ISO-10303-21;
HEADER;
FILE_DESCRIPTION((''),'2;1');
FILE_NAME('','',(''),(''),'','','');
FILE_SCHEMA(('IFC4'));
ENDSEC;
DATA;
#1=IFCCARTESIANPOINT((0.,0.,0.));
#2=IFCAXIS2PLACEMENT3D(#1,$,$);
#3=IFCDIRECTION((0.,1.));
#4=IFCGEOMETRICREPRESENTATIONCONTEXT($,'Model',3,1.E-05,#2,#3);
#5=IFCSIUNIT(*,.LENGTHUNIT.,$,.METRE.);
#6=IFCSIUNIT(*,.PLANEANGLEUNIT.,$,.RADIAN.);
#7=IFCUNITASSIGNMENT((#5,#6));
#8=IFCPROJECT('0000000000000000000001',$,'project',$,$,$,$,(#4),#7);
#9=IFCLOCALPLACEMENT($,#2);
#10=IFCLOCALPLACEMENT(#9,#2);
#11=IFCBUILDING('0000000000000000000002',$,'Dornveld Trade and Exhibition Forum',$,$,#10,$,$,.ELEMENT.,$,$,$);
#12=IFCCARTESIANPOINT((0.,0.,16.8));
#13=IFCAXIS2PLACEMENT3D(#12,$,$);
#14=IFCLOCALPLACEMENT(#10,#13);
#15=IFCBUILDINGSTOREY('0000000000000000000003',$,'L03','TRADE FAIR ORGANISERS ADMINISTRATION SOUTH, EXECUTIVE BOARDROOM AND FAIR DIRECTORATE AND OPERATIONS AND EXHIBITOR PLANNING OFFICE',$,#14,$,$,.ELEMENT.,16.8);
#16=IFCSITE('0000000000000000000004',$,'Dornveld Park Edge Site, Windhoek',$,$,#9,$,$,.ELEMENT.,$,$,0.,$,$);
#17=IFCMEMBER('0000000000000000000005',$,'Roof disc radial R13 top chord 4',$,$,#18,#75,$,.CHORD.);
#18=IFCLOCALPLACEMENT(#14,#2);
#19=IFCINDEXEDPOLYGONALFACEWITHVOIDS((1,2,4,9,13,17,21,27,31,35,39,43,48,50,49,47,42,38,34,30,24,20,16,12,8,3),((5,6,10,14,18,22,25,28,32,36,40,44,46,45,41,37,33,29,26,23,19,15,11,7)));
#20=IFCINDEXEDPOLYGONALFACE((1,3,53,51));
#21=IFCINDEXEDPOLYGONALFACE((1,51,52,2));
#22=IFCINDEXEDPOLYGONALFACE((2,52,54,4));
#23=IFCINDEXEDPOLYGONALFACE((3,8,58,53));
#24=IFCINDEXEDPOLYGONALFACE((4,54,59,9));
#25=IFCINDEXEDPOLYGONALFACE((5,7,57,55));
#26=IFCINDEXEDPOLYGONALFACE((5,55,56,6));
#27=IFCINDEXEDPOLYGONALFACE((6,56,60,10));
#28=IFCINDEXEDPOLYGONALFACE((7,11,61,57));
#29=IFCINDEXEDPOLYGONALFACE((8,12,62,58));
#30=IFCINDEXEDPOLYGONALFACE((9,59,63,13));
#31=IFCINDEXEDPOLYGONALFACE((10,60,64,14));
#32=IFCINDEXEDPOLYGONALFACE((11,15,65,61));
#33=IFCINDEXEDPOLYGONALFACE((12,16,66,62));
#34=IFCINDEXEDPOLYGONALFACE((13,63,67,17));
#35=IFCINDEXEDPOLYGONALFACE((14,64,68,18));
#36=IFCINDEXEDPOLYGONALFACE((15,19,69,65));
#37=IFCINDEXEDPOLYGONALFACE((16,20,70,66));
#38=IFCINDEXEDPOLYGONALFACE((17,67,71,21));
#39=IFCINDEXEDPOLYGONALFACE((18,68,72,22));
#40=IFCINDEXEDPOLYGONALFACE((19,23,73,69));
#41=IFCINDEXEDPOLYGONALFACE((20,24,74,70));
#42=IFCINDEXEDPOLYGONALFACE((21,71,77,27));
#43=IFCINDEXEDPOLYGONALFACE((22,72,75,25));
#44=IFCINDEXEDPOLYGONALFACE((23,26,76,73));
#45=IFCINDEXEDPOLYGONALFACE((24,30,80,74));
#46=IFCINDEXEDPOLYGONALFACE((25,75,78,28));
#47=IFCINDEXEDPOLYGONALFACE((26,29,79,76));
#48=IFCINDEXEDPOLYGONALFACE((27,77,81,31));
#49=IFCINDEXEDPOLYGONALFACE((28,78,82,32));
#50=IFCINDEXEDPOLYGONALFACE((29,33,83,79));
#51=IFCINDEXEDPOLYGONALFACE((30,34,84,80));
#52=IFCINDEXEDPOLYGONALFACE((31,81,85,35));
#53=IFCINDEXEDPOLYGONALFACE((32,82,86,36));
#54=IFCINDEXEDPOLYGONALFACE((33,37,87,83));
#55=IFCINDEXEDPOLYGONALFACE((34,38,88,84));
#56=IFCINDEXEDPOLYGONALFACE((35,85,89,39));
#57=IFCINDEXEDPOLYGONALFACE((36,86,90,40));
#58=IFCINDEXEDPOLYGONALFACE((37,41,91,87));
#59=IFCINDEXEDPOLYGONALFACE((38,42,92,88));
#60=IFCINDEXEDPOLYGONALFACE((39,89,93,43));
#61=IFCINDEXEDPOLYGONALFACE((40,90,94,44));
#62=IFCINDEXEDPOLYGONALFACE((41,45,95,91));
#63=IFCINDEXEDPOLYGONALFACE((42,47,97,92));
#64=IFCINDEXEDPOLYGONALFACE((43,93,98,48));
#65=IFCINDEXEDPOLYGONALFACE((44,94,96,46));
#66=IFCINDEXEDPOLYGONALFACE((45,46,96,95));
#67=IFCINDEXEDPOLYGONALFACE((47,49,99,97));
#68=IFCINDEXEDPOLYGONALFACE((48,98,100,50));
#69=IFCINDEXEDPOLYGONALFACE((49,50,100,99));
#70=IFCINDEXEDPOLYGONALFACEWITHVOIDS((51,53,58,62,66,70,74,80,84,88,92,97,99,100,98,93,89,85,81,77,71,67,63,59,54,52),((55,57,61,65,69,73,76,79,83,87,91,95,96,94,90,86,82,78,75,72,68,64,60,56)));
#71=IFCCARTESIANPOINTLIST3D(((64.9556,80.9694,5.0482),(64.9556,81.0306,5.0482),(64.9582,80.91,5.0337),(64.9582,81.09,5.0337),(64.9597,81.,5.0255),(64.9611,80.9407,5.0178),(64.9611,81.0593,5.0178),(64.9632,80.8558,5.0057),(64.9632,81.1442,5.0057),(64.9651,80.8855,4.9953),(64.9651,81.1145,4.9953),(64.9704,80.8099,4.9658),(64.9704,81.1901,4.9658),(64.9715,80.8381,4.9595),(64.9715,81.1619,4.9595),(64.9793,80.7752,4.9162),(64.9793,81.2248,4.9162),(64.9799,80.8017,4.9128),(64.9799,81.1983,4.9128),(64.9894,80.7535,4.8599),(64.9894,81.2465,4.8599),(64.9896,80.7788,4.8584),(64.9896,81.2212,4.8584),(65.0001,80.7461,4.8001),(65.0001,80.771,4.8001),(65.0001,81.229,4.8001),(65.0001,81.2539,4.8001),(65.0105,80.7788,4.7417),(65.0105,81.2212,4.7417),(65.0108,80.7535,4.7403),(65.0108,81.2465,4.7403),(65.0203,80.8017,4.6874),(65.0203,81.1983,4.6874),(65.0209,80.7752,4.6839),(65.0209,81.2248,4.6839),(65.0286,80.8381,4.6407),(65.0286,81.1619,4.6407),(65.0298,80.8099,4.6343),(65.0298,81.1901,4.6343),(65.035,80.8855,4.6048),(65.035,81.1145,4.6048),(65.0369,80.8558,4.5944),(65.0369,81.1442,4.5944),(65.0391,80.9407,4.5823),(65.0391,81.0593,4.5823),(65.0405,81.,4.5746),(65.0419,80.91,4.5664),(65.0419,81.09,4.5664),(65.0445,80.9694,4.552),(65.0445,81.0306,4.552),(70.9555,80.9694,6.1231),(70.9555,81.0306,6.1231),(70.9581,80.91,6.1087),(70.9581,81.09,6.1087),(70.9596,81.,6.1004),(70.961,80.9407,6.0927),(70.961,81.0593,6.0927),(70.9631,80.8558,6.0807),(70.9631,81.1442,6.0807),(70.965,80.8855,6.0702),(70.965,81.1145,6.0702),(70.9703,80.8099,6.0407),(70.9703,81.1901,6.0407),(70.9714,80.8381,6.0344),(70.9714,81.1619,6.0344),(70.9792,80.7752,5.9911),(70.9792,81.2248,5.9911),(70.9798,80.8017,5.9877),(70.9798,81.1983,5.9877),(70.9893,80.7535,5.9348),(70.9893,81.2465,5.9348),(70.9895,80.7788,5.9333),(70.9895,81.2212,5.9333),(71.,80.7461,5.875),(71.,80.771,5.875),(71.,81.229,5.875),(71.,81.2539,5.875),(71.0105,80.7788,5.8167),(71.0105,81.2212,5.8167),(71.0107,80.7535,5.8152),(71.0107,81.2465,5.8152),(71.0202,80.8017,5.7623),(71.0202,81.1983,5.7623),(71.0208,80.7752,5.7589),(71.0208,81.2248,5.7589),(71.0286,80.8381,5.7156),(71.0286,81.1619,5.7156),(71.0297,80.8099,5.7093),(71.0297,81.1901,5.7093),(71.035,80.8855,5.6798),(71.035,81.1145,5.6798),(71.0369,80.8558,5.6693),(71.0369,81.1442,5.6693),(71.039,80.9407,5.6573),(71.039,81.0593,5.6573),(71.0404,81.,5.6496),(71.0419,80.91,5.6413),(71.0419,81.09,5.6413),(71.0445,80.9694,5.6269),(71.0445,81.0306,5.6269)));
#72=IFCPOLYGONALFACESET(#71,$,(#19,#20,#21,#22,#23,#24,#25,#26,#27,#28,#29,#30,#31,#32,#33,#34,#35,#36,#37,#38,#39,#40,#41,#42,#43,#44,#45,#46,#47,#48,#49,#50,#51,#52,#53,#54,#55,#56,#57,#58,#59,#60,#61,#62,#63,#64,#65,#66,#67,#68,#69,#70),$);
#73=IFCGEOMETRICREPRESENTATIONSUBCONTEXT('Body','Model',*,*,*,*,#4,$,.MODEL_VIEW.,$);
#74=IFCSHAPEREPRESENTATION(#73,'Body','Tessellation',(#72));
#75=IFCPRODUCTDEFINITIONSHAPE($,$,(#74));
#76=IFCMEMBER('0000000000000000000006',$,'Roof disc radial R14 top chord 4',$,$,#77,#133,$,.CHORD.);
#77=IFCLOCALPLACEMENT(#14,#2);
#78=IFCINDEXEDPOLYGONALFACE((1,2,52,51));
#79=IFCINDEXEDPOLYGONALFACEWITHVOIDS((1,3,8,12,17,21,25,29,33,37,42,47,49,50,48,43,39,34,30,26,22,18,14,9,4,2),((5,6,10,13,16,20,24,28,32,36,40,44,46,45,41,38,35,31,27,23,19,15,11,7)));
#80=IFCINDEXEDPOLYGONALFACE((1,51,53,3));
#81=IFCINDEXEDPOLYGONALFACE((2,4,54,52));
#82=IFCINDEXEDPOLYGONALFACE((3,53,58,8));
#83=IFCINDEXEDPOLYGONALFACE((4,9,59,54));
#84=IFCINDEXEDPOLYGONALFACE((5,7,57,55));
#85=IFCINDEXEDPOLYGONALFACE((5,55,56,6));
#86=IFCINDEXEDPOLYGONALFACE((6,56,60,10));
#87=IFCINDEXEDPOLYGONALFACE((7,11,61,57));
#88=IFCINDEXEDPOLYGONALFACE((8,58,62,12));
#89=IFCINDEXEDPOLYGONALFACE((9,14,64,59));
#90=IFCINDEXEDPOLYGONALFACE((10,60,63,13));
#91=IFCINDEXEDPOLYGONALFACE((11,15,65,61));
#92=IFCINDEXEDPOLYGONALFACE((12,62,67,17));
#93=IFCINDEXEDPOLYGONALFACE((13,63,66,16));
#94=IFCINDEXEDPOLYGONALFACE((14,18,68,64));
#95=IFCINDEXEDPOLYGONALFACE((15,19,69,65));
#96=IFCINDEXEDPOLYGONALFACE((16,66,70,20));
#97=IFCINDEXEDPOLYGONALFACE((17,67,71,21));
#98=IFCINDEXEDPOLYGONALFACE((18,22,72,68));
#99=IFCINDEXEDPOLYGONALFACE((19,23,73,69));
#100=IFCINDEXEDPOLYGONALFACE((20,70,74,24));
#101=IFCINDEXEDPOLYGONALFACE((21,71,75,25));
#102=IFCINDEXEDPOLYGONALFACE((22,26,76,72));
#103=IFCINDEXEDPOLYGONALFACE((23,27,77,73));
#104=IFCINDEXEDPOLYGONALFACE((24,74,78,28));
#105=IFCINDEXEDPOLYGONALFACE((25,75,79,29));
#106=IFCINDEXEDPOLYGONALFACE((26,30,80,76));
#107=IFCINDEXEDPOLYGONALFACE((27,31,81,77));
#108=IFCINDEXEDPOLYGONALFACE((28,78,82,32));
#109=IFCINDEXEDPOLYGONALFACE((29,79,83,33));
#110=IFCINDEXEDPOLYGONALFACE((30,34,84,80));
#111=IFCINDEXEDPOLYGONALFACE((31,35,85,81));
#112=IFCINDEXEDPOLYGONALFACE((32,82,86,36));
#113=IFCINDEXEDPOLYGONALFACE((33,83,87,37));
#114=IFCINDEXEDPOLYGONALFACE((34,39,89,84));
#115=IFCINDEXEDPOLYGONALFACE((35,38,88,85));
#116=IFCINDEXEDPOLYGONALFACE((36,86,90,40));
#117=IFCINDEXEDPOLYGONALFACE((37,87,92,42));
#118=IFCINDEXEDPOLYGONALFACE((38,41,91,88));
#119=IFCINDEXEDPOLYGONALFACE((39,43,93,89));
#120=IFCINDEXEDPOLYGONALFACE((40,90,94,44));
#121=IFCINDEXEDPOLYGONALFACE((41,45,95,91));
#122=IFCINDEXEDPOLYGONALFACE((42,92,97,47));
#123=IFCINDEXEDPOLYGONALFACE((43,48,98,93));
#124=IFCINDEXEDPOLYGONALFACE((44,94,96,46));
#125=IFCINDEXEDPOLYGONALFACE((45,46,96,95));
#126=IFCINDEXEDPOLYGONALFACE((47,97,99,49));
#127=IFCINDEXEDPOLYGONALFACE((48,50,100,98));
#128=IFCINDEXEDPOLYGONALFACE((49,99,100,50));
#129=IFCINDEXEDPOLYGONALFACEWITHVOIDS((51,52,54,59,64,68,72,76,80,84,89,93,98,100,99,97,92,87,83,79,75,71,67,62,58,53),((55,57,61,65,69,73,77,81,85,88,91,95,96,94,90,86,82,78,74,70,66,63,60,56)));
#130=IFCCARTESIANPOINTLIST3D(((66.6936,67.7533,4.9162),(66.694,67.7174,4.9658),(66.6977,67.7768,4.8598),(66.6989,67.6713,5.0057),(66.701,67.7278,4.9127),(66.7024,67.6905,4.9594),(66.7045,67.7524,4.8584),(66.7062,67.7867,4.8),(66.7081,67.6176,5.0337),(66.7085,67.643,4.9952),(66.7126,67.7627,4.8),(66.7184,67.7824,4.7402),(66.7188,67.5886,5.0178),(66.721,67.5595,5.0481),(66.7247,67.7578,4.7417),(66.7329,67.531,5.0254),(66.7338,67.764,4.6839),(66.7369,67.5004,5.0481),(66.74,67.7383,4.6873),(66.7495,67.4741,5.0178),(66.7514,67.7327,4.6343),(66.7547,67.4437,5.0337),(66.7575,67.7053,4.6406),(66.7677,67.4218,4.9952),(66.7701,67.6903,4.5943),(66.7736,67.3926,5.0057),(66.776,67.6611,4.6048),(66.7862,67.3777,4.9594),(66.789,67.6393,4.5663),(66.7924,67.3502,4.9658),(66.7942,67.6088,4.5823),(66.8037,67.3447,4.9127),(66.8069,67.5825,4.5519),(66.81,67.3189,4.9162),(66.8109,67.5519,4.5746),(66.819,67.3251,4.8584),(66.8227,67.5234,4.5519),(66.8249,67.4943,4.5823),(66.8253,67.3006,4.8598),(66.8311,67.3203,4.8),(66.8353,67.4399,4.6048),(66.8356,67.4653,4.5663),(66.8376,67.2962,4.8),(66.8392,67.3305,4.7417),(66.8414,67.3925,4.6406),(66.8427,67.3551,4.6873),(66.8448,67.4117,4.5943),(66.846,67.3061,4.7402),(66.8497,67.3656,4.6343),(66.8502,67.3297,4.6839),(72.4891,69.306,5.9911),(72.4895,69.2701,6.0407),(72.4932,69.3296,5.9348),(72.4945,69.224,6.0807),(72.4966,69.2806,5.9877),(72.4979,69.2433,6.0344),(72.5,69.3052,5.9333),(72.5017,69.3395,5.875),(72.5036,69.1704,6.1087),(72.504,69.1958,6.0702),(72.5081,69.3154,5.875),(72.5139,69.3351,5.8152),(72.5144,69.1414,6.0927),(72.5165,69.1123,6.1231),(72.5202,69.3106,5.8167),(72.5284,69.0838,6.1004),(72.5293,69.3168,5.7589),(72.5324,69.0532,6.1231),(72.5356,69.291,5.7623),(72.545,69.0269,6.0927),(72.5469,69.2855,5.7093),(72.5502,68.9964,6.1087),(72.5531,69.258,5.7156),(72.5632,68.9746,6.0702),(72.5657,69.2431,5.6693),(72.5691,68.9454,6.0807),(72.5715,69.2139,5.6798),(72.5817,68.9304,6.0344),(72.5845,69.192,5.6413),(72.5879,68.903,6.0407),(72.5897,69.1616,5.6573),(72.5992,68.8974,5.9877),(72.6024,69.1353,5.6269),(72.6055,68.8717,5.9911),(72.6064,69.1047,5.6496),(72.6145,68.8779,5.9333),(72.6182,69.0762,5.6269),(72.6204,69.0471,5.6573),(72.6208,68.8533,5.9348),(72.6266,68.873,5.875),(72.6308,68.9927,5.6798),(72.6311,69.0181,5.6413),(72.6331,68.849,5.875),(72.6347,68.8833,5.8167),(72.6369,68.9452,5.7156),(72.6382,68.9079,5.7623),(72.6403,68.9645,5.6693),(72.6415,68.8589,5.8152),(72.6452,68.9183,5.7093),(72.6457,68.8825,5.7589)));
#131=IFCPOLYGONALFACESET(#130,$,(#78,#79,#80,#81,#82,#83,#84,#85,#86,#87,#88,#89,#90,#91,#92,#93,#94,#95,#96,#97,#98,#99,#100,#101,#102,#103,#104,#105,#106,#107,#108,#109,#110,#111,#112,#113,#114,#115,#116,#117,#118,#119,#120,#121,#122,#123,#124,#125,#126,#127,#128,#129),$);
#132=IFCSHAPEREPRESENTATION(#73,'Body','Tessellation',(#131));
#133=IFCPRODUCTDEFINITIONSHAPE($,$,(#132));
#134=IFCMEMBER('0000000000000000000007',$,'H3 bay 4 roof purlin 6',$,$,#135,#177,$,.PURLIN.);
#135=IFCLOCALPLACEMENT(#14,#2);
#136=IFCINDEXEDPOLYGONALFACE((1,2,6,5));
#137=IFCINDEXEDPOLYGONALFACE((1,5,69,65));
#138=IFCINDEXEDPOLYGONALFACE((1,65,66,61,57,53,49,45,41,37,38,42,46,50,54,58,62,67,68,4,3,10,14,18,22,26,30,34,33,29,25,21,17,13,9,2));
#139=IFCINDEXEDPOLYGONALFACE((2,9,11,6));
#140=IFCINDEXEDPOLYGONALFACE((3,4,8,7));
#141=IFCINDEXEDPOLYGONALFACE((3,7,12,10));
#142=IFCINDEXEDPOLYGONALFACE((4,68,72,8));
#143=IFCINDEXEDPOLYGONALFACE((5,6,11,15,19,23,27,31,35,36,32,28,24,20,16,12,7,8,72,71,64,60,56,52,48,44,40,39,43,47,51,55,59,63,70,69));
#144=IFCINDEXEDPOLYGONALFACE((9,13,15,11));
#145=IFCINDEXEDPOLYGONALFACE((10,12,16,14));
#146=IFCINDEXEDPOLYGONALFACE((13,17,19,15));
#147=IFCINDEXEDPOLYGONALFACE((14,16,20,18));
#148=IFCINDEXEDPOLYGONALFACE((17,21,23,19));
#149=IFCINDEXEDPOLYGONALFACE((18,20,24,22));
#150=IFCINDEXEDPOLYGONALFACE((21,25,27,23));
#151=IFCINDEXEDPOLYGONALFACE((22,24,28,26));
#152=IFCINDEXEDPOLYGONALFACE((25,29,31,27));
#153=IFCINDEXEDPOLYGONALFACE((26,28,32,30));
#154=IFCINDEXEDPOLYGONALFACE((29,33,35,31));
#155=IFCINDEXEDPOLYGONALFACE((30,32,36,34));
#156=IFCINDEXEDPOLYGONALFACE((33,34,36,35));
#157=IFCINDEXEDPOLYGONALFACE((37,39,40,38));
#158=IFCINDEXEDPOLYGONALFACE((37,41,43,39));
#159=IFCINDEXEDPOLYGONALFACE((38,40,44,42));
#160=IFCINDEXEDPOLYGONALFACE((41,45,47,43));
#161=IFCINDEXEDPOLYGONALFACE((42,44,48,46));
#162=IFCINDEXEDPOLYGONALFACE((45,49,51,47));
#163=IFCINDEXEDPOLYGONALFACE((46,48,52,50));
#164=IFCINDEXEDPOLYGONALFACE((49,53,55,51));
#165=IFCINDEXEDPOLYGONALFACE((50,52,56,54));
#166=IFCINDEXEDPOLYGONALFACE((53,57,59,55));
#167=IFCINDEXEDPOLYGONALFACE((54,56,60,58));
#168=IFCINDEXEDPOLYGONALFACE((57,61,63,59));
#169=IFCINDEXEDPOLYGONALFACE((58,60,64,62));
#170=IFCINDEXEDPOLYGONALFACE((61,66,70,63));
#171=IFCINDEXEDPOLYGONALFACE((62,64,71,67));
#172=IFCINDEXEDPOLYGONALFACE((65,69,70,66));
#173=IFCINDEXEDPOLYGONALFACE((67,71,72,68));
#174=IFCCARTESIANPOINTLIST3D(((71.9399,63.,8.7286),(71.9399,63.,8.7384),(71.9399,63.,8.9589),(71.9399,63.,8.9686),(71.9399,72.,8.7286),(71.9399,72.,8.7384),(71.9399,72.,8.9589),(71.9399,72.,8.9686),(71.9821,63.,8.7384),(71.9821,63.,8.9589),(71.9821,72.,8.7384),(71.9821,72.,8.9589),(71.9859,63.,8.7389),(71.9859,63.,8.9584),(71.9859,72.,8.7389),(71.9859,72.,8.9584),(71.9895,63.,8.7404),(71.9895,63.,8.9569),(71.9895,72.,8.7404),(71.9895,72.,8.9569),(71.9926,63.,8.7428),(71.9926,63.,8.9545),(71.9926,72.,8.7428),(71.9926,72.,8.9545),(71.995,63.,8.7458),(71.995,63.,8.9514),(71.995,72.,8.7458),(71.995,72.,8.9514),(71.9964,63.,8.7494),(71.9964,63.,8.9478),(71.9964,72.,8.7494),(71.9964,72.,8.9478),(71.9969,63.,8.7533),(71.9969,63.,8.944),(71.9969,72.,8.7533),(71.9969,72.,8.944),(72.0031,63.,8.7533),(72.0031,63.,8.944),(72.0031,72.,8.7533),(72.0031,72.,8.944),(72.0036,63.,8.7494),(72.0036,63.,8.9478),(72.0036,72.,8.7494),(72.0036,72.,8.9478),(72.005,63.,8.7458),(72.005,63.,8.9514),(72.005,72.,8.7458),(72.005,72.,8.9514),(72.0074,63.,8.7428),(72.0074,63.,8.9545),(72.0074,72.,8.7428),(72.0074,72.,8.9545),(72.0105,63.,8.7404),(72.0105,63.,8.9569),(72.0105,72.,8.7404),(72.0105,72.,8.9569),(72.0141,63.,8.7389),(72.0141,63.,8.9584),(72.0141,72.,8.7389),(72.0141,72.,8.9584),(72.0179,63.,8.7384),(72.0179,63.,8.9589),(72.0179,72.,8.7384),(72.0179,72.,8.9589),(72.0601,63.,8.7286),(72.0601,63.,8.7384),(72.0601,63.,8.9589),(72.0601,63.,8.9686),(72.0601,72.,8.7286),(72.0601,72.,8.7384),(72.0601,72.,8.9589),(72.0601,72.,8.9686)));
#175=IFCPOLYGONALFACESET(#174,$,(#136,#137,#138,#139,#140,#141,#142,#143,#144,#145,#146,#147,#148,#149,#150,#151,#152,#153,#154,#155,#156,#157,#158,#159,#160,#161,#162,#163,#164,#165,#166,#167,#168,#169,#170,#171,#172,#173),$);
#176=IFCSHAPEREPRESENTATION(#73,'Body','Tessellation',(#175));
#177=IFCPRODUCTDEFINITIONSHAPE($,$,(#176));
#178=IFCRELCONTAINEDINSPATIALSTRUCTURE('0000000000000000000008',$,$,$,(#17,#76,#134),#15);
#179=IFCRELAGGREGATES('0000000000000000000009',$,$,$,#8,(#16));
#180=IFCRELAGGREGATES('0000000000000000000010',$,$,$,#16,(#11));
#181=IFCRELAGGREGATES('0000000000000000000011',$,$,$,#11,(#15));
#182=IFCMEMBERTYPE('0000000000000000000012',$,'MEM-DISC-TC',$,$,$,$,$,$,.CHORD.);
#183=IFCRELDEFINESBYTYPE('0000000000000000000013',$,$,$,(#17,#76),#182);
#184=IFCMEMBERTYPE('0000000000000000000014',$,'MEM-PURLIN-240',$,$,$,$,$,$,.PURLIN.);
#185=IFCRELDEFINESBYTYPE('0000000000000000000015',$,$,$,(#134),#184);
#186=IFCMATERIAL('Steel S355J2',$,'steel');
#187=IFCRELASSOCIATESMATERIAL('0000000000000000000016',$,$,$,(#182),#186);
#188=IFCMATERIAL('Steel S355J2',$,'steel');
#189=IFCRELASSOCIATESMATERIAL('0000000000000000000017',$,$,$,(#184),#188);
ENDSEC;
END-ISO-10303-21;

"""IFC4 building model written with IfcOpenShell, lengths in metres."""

from ifc_helpers import new_model, si_unit, direction, frame, origin, origin_2d, place, context, subcontext, project, spatial, hollow_circle, i_section, extrude, material, material_profile, profile_set, type_object, element, save


model = new_model("IFC4")

# Units and contexts
model_context = context("Model", 3, precision=1e-05, world=origin(), true_north=direction((0.0, 1.0)))
body_context = subcontext(model_context, "Body", "Model", "MODEL_VIEW")
ifc_project = project(units=[si_unit("LENGTHUNIT", "METRE"), si_unit("PLANEANGLEUNIT", "RADIAN")], contexts=[model_context])

# Site, building, storey
site_placement = place(None, origin())
site = spatial("IfcSite", under=ifc_project, at=site_placement, Name="Dornveld Park Edge Site, Windhoek", CompositionType="ELEMENT", RefElevation=0.0)
building_placement = place(site_placement, origin())
building = spatial("IfcBuilding", under=site, at=building_placement, Name="Dornveld Trade and Exhibition Forum", CompositionType="ELEMENT")
storey_placement = place(building_placement, frame((0.0, 0.0, 16.8)))
storey = spatial("IfcBuildingStorey", under=building, at=storey_placement, Name="L03", Description="TRADE FAIR ORGANISERS ADMINISTRATION SOUTH, EXECUTIVE BOARDROOM AND FAIR DIRECTORATE AND OPERATIONS AND EXHIBITOR PLANNING OFFICE", CompositionType="ELEMENT", Elevation=16.8)

# Members
ifc_material_1 = material(Name="Steel S355J2", Category="steel")
ifc_material_profile_1 = material_profile(ifc_material_1, hollow_circle(Radius=0.2539, WallThickness=0.0249, at=origin_2d()), Name="CHS 508x25")
ifc_profile_set_1 = profile_set([ifc_material_profile_1], Name="Steel S355J2")
member_type_1 = type_object("IfcMemberType", Name="MEM-DISC-TC", PredefinedType="CHORD", material=ifc_profile_set_1)
for number, where, z_axis, x_axis, name in (
    (1, (71.0, 81.0, 5.875), (-0.984327, 0.0, -0.176351), (0.0, -1.0, 0.0), "Roof disc radial R13 top chord 4"),
    (2, (72.5674, 69.0942, 5.875), (-0.950792, -0.254741, -0.176356), (0.258797, -0.965932, 0.0), "Roof disc radial R14 top chord 4"),
):
    element("IfcMember", number, at=place(storey_placement, frame(where, z_axis=z_axis, x_axis=x_axis)), inside=storey, type_object=member_type_1, Name=name, PredefinedType="CHORD", context=body_context, shape_type="SweptSolid", body=[
        extrude(hollow_circle(Radius=0.2539, WallThickness=0.0249, at=origin_2d()), origin(), (0.0, 0.0, 1.0), 6.0955),
    ])
ifc_material_2 = material(Name="Steel S355J2", Category="steel")
ifc_material_profile_2 = material_profile(ifc_material_2, i_section(OverallWidth=0.1201, OverallDepth=0.24, WebThickness=0.0061, FlangeThickness=0.0098, FilletRadius=0.0149, at=origin_2d()), Name="IPE 240")
ifc_profile_set_2 = profile_set([ifc_material_profile_2], Name="Steel S355J2")
member_type_2 = type_object("IfcMemberType", Name="MEM-PURLIN-240", PredefinedType="PURLIN", material=ifc_profile_set_2)
for number, where, z_axis, x_axis, name in (
    (3, (72.0, 63.0, 8.8486), (0.0, 1.0, 0.0), (-1.0, 0.0, 0.0), "H3 bay 4 roof purlin 6"),
):
    element("IfcMember", number, at=place(storey_placement, frame(where, z_axis=z_axis, x_axis=x_axis)), inside=storey, type_object=member_type_2, Name=name, PredefinedType="PURLIN", context=body_context, shape_type="SweptSolid", body=[
        extrude(i_section(OverallWidth=0.1201, OverallDepth=0.24, WebThickness=0.0061, FlangeThickness=0.0098, FilletRadius=0.0149, at=origin_2d()), origin(), (0.0, 0.0, 1.0), 9.0),
    ])

save(model, "model.ifc")
